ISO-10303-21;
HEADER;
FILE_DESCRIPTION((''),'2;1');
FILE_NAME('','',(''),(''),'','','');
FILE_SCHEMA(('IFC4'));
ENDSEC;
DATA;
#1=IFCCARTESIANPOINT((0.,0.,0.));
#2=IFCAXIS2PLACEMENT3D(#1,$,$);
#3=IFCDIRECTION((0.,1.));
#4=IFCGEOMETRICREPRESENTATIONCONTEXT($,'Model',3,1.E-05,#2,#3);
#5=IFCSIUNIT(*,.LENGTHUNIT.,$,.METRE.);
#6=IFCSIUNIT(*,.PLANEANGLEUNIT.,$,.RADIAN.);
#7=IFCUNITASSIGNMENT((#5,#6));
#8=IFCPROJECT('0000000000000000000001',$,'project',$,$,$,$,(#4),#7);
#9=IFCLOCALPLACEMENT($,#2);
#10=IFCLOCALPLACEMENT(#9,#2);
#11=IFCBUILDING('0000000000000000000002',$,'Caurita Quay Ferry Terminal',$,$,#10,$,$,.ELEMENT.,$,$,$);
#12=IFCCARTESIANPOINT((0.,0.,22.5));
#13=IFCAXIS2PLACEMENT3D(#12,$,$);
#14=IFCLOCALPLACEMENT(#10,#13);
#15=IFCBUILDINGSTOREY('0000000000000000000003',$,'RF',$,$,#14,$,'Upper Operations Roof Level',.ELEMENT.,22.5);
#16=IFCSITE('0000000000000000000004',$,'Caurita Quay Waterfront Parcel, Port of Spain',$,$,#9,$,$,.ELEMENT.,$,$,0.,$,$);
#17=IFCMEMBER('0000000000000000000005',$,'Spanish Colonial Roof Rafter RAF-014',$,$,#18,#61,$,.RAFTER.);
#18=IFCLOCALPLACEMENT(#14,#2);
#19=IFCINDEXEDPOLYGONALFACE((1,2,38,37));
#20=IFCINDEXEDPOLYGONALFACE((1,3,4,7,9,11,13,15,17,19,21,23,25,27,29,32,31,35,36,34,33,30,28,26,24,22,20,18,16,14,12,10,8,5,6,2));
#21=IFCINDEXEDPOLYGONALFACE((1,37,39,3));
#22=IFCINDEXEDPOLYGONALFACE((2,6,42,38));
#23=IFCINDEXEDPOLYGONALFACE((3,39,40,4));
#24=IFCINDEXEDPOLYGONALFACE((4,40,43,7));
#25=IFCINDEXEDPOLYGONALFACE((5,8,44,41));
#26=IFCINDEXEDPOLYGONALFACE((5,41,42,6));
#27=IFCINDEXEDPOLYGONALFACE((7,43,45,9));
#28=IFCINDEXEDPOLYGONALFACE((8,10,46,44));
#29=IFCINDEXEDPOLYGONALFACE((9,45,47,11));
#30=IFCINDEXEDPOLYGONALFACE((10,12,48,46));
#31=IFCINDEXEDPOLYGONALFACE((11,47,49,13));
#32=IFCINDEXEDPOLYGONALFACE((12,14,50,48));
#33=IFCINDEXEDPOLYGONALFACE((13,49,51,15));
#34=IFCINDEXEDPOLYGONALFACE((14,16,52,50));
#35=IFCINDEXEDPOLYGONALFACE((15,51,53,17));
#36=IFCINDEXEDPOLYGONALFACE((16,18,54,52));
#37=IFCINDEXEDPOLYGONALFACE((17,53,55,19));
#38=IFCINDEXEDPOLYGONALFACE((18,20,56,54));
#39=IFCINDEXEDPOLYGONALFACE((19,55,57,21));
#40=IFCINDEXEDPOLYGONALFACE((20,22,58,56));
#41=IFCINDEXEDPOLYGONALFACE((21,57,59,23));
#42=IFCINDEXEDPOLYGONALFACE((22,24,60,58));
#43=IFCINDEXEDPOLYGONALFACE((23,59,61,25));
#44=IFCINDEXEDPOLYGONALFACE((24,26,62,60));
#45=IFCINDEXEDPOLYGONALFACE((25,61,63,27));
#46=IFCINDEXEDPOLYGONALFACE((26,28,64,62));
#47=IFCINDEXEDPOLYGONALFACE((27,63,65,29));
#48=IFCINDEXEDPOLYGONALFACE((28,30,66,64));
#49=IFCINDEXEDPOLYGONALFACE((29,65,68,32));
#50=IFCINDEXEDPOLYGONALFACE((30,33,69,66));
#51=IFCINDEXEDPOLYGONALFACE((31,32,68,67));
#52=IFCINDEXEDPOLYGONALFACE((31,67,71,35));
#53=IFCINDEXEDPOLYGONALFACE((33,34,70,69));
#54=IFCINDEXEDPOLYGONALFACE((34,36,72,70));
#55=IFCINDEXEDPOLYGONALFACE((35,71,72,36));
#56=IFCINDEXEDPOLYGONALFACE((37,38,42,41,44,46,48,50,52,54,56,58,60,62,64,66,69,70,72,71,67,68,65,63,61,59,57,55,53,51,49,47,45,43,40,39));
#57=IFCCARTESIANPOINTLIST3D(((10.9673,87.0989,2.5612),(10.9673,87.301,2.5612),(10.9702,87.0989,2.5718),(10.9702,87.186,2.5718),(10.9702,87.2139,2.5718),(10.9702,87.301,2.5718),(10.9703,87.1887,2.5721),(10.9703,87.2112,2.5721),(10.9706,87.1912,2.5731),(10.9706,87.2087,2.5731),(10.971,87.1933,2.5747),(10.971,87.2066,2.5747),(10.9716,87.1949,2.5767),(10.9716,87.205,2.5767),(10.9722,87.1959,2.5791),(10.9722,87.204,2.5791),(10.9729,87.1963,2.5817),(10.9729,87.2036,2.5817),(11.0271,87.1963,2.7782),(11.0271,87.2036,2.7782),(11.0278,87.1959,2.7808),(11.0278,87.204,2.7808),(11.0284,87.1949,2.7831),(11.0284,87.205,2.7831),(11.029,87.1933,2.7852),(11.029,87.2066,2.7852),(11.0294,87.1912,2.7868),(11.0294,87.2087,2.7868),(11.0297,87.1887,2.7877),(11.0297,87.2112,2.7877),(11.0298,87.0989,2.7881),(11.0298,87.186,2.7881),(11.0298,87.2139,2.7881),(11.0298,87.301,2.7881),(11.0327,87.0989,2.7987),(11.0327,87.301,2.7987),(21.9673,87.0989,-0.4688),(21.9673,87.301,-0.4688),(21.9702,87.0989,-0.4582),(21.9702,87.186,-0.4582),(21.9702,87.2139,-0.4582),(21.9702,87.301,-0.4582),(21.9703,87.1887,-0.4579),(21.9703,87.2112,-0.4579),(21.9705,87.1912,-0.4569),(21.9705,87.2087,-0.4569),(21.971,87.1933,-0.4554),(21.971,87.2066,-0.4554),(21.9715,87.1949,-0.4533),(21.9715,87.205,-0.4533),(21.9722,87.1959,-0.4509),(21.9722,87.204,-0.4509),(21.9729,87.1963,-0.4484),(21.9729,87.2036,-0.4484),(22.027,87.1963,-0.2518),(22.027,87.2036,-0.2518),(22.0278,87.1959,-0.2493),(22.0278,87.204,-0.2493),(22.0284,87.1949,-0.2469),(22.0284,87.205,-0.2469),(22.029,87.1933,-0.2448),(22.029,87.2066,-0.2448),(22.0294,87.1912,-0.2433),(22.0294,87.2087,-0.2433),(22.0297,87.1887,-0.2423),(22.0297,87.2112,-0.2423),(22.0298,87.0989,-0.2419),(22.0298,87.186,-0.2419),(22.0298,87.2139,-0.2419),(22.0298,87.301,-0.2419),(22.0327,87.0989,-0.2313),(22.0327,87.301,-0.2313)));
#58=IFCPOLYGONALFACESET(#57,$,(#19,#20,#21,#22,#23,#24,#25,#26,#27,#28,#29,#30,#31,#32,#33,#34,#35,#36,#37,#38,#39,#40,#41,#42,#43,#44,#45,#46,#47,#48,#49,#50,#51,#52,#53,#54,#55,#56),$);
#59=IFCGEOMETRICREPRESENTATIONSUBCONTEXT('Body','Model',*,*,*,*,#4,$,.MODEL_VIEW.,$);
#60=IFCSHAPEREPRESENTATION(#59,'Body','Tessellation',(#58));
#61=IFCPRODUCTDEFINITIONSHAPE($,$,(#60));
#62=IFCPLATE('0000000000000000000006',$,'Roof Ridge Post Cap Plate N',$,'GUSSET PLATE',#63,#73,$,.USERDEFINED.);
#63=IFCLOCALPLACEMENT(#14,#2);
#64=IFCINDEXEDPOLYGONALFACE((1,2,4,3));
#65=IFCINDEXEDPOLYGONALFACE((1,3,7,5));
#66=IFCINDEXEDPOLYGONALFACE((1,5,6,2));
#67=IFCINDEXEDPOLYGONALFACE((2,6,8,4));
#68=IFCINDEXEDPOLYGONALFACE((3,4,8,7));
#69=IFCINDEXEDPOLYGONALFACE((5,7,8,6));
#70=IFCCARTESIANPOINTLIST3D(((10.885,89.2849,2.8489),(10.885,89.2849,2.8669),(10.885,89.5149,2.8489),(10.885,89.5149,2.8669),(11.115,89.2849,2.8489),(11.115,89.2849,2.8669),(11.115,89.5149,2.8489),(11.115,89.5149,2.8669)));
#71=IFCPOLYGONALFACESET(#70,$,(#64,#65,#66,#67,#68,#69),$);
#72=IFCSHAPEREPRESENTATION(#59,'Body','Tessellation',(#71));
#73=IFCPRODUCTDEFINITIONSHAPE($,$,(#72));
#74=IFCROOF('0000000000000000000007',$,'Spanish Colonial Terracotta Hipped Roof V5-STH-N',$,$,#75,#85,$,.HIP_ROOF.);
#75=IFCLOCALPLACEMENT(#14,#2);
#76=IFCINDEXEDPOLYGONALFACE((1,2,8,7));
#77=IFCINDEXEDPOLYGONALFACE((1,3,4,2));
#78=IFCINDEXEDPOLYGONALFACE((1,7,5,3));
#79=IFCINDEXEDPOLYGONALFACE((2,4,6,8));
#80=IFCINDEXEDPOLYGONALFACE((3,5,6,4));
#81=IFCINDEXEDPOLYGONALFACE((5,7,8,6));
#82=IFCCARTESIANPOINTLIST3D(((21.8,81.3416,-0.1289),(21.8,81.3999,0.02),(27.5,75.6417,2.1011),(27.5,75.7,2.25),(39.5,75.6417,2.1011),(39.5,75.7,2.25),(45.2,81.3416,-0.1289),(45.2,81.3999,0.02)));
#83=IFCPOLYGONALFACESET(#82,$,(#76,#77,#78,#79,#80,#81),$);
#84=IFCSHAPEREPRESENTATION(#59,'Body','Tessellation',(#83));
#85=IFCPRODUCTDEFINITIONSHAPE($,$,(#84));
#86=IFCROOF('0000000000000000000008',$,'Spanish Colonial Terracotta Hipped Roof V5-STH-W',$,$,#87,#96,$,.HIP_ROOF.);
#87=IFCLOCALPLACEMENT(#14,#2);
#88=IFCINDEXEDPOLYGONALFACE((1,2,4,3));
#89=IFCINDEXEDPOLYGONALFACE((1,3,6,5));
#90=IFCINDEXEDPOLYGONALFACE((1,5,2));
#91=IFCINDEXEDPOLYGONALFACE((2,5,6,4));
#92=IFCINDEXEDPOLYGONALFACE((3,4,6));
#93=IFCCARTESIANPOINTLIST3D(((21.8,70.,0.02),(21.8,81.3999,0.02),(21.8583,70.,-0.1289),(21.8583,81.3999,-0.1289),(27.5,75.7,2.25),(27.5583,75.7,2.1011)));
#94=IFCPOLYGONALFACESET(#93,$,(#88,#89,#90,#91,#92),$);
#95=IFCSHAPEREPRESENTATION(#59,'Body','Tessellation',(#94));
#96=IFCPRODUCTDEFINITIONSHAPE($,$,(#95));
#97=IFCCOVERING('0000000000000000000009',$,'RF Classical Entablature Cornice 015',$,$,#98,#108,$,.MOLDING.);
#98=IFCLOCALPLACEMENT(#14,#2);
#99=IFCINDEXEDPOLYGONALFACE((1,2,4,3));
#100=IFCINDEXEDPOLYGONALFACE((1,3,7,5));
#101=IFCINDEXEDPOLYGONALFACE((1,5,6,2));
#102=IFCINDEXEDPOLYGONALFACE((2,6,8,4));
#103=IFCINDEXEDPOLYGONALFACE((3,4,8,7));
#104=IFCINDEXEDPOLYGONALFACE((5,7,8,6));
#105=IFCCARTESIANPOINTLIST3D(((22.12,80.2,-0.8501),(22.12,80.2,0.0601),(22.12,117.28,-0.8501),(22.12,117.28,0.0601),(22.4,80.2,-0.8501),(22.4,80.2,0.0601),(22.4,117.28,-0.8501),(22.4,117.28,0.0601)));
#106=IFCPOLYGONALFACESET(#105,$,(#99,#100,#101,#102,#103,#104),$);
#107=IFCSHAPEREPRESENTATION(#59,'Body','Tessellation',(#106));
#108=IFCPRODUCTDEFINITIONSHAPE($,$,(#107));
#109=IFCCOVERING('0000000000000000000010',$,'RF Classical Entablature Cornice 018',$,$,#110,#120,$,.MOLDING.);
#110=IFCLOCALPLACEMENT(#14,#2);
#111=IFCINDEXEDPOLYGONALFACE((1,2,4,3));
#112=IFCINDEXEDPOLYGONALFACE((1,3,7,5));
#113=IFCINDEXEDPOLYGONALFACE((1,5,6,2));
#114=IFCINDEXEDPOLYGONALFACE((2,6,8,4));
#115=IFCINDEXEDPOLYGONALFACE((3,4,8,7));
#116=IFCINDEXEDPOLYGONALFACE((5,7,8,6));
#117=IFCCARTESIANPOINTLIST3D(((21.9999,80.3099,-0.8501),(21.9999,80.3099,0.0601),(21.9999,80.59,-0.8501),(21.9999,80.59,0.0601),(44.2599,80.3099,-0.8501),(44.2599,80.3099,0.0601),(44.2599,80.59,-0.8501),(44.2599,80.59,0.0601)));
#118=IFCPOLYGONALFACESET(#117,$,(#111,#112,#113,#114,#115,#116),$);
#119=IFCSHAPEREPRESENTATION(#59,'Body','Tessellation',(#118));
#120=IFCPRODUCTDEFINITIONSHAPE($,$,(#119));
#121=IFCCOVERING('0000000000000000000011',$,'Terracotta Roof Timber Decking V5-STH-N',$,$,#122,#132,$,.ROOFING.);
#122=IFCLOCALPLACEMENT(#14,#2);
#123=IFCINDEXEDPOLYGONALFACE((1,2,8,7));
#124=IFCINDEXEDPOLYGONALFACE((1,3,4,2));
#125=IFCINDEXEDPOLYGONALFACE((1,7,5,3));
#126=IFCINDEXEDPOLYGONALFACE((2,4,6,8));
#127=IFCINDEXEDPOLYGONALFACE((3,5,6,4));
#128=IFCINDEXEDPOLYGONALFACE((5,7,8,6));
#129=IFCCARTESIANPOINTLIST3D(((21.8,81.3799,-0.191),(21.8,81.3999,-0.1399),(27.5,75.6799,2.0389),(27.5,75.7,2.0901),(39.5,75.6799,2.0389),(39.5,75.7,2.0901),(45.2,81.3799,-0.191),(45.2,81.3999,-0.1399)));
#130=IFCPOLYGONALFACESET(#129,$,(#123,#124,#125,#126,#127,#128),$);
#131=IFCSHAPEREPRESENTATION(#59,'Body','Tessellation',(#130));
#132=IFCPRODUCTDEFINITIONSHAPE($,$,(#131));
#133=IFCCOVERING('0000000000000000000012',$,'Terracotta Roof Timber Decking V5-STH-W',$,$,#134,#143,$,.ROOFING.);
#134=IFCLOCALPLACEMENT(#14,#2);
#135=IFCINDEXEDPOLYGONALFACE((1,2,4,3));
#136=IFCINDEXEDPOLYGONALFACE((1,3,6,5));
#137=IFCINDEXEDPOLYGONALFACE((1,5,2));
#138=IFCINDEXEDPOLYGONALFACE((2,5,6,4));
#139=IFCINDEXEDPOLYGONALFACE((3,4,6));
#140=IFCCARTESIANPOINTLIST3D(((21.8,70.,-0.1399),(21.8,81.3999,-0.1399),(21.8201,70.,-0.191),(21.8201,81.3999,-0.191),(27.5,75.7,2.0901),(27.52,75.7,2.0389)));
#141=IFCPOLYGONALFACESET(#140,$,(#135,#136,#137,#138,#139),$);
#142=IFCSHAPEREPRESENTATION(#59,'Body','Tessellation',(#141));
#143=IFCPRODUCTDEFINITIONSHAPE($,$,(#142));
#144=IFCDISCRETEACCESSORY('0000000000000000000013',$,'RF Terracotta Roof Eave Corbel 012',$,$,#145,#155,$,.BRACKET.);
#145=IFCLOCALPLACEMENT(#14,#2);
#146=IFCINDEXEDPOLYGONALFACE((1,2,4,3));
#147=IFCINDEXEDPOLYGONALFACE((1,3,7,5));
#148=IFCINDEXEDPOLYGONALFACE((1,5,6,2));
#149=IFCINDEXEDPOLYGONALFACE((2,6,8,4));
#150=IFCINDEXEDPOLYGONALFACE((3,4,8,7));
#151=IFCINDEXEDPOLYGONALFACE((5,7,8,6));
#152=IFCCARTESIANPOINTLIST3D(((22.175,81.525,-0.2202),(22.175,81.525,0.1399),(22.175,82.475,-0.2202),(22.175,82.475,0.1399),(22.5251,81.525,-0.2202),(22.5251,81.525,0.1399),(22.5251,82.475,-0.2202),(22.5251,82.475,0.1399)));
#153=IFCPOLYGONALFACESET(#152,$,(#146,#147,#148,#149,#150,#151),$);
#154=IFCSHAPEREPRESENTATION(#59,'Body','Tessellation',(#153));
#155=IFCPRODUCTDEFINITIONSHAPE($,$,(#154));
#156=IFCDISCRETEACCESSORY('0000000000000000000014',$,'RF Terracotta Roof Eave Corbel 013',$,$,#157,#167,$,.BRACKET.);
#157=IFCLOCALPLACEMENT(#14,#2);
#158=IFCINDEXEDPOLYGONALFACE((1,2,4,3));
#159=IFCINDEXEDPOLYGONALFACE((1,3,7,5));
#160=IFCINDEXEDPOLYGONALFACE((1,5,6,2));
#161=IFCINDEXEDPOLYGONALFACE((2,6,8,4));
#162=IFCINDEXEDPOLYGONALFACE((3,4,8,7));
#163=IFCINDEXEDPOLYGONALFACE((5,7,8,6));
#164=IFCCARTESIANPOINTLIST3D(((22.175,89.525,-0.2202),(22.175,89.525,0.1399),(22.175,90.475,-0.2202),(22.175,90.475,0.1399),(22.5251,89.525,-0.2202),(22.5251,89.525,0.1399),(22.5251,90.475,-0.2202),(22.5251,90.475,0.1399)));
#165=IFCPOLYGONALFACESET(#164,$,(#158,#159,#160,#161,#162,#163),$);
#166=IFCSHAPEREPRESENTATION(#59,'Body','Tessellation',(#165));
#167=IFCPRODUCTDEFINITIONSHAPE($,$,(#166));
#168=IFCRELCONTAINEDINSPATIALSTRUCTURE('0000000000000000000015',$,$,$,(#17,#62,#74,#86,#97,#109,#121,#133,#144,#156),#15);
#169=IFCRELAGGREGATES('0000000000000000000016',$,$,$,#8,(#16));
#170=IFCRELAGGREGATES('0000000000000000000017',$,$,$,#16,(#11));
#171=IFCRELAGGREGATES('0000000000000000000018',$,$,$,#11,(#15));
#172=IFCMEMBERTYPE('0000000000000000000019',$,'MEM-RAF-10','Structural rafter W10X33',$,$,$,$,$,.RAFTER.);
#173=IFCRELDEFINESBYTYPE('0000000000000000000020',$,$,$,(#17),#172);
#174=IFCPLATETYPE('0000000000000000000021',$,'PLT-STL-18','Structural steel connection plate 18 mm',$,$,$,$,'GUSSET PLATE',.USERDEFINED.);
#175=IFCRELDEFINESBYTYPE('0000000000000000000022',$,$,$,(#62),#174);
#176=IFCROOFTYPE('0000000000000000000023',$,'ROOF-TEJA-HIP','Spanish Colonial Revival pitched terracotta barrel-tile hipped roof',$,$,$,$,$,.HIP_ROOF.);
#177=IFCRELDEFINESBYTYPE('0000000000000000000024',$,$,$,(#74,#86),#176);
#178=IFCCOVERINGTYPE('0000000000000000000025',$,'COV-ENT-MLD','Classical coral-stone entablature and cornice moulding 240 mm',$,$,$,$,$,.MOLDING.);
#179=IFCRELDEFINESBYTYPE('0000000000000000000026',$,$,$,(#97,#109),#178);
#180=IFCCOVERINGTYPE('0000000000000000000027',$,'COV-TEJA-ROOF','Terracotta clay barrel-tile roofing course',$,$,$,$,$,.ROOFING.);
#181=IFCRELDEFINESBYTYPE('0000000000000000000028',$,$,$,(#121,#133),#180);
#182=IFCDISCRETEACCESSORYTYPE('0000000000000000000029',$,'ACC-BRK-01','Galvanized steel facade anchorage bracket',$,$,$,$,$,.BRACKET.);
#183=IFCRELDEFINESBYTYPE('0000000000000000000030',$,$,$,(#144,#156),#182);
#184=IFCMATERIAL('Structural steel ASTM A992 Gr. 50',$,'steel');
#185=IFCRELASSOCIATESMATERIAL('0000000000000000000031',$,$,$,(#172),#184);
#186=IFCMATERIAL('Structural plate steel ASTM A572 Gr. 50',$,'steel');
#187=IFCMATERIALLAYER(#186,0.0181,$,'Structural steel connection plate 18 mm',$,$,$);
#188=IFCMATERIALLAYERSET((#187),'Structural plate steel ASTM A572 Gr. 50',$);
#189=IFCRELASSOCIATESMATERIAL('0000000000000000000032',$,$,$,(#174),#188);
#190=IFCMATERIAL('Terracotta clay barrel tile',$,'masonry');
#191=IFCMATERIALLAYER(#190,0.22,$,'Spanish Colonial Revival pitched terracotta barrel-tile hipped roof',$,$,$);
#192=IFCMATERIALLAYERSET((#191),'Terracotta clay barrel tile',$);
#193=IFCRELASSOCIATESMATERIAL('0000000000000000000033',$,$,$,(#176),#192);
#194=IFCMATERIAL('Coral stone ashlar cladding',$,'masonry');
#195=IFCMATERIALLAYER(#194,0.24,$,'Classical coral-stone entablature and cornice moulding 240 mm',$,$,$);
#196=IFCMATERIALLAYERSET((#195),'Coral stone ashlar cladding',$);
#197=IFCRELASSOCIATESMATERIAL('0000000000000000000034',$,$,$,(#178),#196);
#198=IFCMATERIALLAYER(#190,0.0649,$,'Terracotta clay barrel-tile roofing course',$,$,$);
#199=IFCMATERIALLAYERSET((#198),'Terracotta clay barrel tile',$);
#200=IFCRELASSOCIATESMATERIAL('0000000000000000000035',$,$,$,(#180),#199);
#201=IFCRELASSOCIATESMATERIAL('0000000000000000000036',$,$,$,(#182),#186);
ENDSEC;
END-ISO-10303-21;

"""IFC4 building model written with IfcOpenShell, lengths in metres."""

from ifc_helpers import new_model, si_unit, direction, frame, frame_2d, origin, origin_2d, place, context, subcontext, project, spatial, polyline, rectangle, i_section, outline, extrude, material, layer, layer_set, material_profile, profile_set, type_object, element, save


model = new_model("IFC4")

# Units and contexts
model_context = context("Model", 3, precision=1e-05, world=origin(), true_north=direction((0.0, 1.0)))
body_context = subcontext(model_context, "Body", "Model", "MODEL_VIEW")
ifc_project = project(units=[si_unit("LENGTHUNIT", "METRE"), si_unit("PLANEANGLEUNIT", "RADIAN")], contexts=[model_context])

# Site, building, storey
site_placement = place(None, origin())
site = spatial("IfcSite", under=ifc_project, at=site_placement, Name="Caurita Quay Waterfront Parcel, Port of Spain", CompositionType="ELEMENT", RefElevation=0.0)
building_placement = place(site_placement, origin())
building = spatial("IfcBuilding", under=site, at=building_placement, Name="Caurita Quay Ferry Terminal", CompositionType="ELEMENT")
storey_placement = place(building_placement, frame((0.0, 0.0, 22.5)))
storey = spatial("IfcBuildingStorey", under=building, at=storey_placement, Name="RF", LongName="Upper Operations Roof Level", CompositionType="ELEMENT", Elevation=22.5)

# Shared definitions
ifc_material_1 = material(Name="Structural steel ASTM A992 Gr. 50", Category="steel")

# Member
ifc_material_profile_1 = material_profile(ifc_material_1, i_section(OverallWidth=0.2021, OverallDepth=0.2463, WebThickness=0.0073, FlangeThickness=0.011, FilletRadius=0.0103, at=origin_2d()), Name="W10X33")
ifc_profile_set_1 = profile_set([ifc_material_profile_1], Name="Structural steel ASTM A992 Gr. 50")
member_type = type_object("IfcMemberType", Name="MEM-RAF-10", Description="Structural rafter W10X33", PredefinedType="RAFTER", material=ifc_profile_set_1)
for number, where, z_axis, x_axis, name in (
    (1, (11.0, 87.2, 2.6799), (0.964093, 0.0, -0.265566), (0.0, 1.0, 0.0), "Spanish Colonial Roof Rafter RAF-014"),
):
    element("IfcMember", number, at=place(storey_placement, frame(where, z_axis=z_axis, x_axis=x_axis)), inside=storey, type_object=member_type, Name=name, PredefinedType="RAFTER", context=body_context, shape_type="SweptSolid", body=[
        extrude(i_section(OverallWidth=0.2021, OverallDepth=0.2463, WebThickness=0.0073, FlangeThickness=0.011, FilletRadius=0.0103, at=origin_2d()), origin(), (0.0, 0.0, 1.0), 11.4097),
    ])

# Plate
ifc_material_2 = material(Name="Structural plate steel ASTM A572 Gr. 50", Category="steel")
ifc_layer_1 = layer(ifc_material_2, 0.0181, Name="Structural steel connection plate 18 mm")
ifc_layer_set_1 = layer_set([ifc_layer_1], Name="Structural plate steel ASTM A572 Gr. 50")
plate_type = type_object("IfcPlateType", Name="PLT-STL-18", Description="Structural steel connection plate 18 mm", ElementType="GUSSET PLATE", PredefinedType="USERDEFINED", material=ifc_layer_set_1)
plate_placement = place(storey_placement, frame((11.0, 89.3999, 2.8489), z_axis=(0.0, 0.0, 1.0), x_axis=(1.0, 0.0, 0.0)))
element("IfcPlate", 2, at=plate_placement, inside=storey, type_object=plate_type, Name="Roof Ridge Post Cap Plate N", ObjectType="GUSSET PLATE", PredefinedType="USERDEFINED", context=body_context, shape_type="SweptSolid", body=[
    extrude(rectangle(XDim=0.23, YDim=0.23, at=origin_2d()), origin(), (0.0, 0.0, 1.0), 0.0181),
])

# Roofs
ifc_material_3 = material(Name="Terracotta clay barrel tile", Category="masonry")
ifc_layer_2 = layer(ifc_material_3, 0.22, Name="Spanish Colonial Revival pitched terracotta barrel-tile hipped roof")
ifc_layer_set_2 = layer_set([ifc_layer_2], Name="Terracotta clay barrel tile")
roof_type = type_object("IfcRoofType", Name="ROOF-TEJA-HIP", Description="Spanish Colonial Revival pitched terracotta barrel-tile hipped roof", PredefinedType="HIP_ROOF", material=ifc_layer_set_2)
roof_1_placement = place(storey_placement, frame((45.2, 81.3999, 0.02), z_axis=(0.0, 0.364338, 0.931267), x_axis=(-1.0, 0.0, 0.0)))
element("IfcRoof", 3, at=roof_1_placement, inside=storey, type_object=roof_type, Name="Spanish Colonial Terracotta Hipped Roof V5-STH-N", PredefinedType="HIP_ROOF", context=body_context, shape_type="SweptSolid", body=[
    extrude(outline(polyline([(0.0, 0.0), (23.3999, 0.0), (17.7, 6.1206), (5.7, 6.1206), (0.0, 0.0)])), origin(), (0.0, 0.0, -1.0), 0.1599),
])
roof_2_placement = place(storey_placement, frame((21.8, 81.3999, 0.02), z_axis=(-0.364338, 0.0, 0.931267), x_axis=(0.0, -1.0, 0.0)))
element("IfcRoof", 4, at=roof_2_placement, inside=storey, type_object=roof_type, Name="Spanish Colonial Terracotta Hipped Roof V5-STH-W", PredefinedType="HIP_ROOF", context=body_context, shape_type="SweptSolid", body=[
    extrude(outline(polyline([(0.0, 0.0), (11.3999, 0.0), (5.7, 6.1206), (0.0, 0.0)])), origin(), (0.0, 0.0, -1.0), 0.1599),
])

# Coverings
ifc_material_4 = material(Name="Coral stone ashlar cladding", Category="masonry")
ifc_layer_3 = layer(ifc_material_4, 0.24, Name="Classical coral-stone entablature and cornice moulding 240 mm")
ifc_layer_set_3 = layer_set([ifc_layer_3], Name="Coral stone ashlar cladding")
covering_type_1 = type_object("IfcCoveringType", Name="COV-ENT-MLD", Description="Classical coral-stone entablature and cornice moulding 240 mm", PredefinedType="MOLDING", material=ifc_layer_set_3)
covering_1_placement = place(storey_placement, frame((22.26, 80.2, -0.8501), z_axis=(0.0, 0.0, 1.0), x_axis=(0.0, 1.0, 0.0)))
element("IfcCovering", 5, at=covering_1_placement, inside=storey, type_object=covering_type_1, Name="RF Classical Entablature Cornice 015", PredefinedType="MOLDING", context=body_context, shape_type="SweptSolid", body=[
    extrude(rectangle(XDim=37.0801, YDim=0.28, at=frame_2d((18.54, 0.0))), origin(), (0.0, 0.0, 1.0), 0.9102),
])
covering_2_placement = place(storey_placement, frame((22.0, 80.45, -0.8501), z_axis=(0.0, 0.0, 1.0), x_axis=(1.0, 0.0, 0.0)))
element("IfcCovering", 6, at=covering_2_placement, inside=storey, type_object=covering_type_1, Name="RF Classical Entablature Cornice 018", PredefinedType="MOLDING", context=body_context, shape_type="SweptSolid", body=[
    extrude(rectangle(XDim=22.26, YDim=0.28, at=frame_2d((11.1299, 0.0))), origin(), (0.0, 0.0, 1.0), 0.9102),
])
ifc_layer_4 = layer(ifc_material_3, 0.0649, Name="Terracotta clay barrel-tile roofing course")
ifc_layer_set_4 = layer_set([ifc_layer_4], Name="Terracotta clay barrel tile")
covering_type_2 = type_object("IfcCoveringType", Name="COV-TEJA-ROOF", Description="Terracotta clay barrel-tile roofing course", PredefinedType="ROOFING", material=ifc_layer_set_4)
covering_3_placement = place(storey_placement, frame((45.2, 81.3999, -0.1399), z_axis=(0.0, 0.364338, 0.931267), x_axis=(-1.0, 0.0, 0.0)))
element("IfcCovering", 7, at=covering_3_placement, inside=storey, type_object=covering_type_2, Name="Terracotta Roof Timber Decking V5-STH-N", PredefinedType="ROOFING", context=body_context, shape_type="SweptSolid", body=[
    extrude(outline(polyline([(0.0, 0.0), (23.3999, 0.0), (17.7, 6.1206), (5.7, 6.1206), (0.0, 0.0)])), origin(), (0.0, 0.0, -1.0), 0.0549),
])
covering_4_placement = place(storey_placement, frame((21.8, 81.3999, -0.1399), z_axis=(-0.364338, 0.0, 0.931267), x_axis=(0.0, -1.0, 0.0)))
element("IfcCovering", 8, at=covering_4_placement, inside=storey, type_object=covering_type_2, Name="Terracotta Roof Timber Decking V5-STH-W", PredefinedType="ROOFING", context=body_context, shape_type="SweptSolid", body=[
    extrude(outline(polyline([(0.0, 0.0), (11.3999, 0.0), (5.7, 6.1206), (0.0, 0.0)])), origin(), (0.0, 0.0, -1.0), 0.0549),
])

# Discrete accessories
discrete_accessory_type = type_object("IfcDiscreteAccessoryType", Name="ACC-BRK-01", Description="Galvanized steel facade anchorage bracket", PredefinedType="BRACKET", material=ifc_material_2)
for number, where, z_axis, x_axis, name in (
    (9, (22.3501, 82.0, -0.2202), (0.0, 0.0, 1.0), (1.0, 0.0, 0.0), "RF Terracotta Roof Eave Corbel 012"),
    (10, (22.3501, 90.0, -0.2202), (0.0, 0.0, 1.0), (1.0, 0.0, 0.0), "RF Terracotta Roof Eave Corbel 013"),
):
    element("IfcDiscreteAccessory", number, at=place(storey_placement, frame(where, z_axis=z_axis, x_axis=x_axis)), inside=storey, type_object=discrete_accessory_type, Name=name, PredefinedType="BRACKET", context=body_context, shape_type="SweptSolid", body=[
        extrude(rectangle(XDim=0.3501, YDim=0.95, at=origin_2d()), origin(), (0.0, 0.0, 1.0), 0.3601),
    ])

save(model, "model.ifc")
